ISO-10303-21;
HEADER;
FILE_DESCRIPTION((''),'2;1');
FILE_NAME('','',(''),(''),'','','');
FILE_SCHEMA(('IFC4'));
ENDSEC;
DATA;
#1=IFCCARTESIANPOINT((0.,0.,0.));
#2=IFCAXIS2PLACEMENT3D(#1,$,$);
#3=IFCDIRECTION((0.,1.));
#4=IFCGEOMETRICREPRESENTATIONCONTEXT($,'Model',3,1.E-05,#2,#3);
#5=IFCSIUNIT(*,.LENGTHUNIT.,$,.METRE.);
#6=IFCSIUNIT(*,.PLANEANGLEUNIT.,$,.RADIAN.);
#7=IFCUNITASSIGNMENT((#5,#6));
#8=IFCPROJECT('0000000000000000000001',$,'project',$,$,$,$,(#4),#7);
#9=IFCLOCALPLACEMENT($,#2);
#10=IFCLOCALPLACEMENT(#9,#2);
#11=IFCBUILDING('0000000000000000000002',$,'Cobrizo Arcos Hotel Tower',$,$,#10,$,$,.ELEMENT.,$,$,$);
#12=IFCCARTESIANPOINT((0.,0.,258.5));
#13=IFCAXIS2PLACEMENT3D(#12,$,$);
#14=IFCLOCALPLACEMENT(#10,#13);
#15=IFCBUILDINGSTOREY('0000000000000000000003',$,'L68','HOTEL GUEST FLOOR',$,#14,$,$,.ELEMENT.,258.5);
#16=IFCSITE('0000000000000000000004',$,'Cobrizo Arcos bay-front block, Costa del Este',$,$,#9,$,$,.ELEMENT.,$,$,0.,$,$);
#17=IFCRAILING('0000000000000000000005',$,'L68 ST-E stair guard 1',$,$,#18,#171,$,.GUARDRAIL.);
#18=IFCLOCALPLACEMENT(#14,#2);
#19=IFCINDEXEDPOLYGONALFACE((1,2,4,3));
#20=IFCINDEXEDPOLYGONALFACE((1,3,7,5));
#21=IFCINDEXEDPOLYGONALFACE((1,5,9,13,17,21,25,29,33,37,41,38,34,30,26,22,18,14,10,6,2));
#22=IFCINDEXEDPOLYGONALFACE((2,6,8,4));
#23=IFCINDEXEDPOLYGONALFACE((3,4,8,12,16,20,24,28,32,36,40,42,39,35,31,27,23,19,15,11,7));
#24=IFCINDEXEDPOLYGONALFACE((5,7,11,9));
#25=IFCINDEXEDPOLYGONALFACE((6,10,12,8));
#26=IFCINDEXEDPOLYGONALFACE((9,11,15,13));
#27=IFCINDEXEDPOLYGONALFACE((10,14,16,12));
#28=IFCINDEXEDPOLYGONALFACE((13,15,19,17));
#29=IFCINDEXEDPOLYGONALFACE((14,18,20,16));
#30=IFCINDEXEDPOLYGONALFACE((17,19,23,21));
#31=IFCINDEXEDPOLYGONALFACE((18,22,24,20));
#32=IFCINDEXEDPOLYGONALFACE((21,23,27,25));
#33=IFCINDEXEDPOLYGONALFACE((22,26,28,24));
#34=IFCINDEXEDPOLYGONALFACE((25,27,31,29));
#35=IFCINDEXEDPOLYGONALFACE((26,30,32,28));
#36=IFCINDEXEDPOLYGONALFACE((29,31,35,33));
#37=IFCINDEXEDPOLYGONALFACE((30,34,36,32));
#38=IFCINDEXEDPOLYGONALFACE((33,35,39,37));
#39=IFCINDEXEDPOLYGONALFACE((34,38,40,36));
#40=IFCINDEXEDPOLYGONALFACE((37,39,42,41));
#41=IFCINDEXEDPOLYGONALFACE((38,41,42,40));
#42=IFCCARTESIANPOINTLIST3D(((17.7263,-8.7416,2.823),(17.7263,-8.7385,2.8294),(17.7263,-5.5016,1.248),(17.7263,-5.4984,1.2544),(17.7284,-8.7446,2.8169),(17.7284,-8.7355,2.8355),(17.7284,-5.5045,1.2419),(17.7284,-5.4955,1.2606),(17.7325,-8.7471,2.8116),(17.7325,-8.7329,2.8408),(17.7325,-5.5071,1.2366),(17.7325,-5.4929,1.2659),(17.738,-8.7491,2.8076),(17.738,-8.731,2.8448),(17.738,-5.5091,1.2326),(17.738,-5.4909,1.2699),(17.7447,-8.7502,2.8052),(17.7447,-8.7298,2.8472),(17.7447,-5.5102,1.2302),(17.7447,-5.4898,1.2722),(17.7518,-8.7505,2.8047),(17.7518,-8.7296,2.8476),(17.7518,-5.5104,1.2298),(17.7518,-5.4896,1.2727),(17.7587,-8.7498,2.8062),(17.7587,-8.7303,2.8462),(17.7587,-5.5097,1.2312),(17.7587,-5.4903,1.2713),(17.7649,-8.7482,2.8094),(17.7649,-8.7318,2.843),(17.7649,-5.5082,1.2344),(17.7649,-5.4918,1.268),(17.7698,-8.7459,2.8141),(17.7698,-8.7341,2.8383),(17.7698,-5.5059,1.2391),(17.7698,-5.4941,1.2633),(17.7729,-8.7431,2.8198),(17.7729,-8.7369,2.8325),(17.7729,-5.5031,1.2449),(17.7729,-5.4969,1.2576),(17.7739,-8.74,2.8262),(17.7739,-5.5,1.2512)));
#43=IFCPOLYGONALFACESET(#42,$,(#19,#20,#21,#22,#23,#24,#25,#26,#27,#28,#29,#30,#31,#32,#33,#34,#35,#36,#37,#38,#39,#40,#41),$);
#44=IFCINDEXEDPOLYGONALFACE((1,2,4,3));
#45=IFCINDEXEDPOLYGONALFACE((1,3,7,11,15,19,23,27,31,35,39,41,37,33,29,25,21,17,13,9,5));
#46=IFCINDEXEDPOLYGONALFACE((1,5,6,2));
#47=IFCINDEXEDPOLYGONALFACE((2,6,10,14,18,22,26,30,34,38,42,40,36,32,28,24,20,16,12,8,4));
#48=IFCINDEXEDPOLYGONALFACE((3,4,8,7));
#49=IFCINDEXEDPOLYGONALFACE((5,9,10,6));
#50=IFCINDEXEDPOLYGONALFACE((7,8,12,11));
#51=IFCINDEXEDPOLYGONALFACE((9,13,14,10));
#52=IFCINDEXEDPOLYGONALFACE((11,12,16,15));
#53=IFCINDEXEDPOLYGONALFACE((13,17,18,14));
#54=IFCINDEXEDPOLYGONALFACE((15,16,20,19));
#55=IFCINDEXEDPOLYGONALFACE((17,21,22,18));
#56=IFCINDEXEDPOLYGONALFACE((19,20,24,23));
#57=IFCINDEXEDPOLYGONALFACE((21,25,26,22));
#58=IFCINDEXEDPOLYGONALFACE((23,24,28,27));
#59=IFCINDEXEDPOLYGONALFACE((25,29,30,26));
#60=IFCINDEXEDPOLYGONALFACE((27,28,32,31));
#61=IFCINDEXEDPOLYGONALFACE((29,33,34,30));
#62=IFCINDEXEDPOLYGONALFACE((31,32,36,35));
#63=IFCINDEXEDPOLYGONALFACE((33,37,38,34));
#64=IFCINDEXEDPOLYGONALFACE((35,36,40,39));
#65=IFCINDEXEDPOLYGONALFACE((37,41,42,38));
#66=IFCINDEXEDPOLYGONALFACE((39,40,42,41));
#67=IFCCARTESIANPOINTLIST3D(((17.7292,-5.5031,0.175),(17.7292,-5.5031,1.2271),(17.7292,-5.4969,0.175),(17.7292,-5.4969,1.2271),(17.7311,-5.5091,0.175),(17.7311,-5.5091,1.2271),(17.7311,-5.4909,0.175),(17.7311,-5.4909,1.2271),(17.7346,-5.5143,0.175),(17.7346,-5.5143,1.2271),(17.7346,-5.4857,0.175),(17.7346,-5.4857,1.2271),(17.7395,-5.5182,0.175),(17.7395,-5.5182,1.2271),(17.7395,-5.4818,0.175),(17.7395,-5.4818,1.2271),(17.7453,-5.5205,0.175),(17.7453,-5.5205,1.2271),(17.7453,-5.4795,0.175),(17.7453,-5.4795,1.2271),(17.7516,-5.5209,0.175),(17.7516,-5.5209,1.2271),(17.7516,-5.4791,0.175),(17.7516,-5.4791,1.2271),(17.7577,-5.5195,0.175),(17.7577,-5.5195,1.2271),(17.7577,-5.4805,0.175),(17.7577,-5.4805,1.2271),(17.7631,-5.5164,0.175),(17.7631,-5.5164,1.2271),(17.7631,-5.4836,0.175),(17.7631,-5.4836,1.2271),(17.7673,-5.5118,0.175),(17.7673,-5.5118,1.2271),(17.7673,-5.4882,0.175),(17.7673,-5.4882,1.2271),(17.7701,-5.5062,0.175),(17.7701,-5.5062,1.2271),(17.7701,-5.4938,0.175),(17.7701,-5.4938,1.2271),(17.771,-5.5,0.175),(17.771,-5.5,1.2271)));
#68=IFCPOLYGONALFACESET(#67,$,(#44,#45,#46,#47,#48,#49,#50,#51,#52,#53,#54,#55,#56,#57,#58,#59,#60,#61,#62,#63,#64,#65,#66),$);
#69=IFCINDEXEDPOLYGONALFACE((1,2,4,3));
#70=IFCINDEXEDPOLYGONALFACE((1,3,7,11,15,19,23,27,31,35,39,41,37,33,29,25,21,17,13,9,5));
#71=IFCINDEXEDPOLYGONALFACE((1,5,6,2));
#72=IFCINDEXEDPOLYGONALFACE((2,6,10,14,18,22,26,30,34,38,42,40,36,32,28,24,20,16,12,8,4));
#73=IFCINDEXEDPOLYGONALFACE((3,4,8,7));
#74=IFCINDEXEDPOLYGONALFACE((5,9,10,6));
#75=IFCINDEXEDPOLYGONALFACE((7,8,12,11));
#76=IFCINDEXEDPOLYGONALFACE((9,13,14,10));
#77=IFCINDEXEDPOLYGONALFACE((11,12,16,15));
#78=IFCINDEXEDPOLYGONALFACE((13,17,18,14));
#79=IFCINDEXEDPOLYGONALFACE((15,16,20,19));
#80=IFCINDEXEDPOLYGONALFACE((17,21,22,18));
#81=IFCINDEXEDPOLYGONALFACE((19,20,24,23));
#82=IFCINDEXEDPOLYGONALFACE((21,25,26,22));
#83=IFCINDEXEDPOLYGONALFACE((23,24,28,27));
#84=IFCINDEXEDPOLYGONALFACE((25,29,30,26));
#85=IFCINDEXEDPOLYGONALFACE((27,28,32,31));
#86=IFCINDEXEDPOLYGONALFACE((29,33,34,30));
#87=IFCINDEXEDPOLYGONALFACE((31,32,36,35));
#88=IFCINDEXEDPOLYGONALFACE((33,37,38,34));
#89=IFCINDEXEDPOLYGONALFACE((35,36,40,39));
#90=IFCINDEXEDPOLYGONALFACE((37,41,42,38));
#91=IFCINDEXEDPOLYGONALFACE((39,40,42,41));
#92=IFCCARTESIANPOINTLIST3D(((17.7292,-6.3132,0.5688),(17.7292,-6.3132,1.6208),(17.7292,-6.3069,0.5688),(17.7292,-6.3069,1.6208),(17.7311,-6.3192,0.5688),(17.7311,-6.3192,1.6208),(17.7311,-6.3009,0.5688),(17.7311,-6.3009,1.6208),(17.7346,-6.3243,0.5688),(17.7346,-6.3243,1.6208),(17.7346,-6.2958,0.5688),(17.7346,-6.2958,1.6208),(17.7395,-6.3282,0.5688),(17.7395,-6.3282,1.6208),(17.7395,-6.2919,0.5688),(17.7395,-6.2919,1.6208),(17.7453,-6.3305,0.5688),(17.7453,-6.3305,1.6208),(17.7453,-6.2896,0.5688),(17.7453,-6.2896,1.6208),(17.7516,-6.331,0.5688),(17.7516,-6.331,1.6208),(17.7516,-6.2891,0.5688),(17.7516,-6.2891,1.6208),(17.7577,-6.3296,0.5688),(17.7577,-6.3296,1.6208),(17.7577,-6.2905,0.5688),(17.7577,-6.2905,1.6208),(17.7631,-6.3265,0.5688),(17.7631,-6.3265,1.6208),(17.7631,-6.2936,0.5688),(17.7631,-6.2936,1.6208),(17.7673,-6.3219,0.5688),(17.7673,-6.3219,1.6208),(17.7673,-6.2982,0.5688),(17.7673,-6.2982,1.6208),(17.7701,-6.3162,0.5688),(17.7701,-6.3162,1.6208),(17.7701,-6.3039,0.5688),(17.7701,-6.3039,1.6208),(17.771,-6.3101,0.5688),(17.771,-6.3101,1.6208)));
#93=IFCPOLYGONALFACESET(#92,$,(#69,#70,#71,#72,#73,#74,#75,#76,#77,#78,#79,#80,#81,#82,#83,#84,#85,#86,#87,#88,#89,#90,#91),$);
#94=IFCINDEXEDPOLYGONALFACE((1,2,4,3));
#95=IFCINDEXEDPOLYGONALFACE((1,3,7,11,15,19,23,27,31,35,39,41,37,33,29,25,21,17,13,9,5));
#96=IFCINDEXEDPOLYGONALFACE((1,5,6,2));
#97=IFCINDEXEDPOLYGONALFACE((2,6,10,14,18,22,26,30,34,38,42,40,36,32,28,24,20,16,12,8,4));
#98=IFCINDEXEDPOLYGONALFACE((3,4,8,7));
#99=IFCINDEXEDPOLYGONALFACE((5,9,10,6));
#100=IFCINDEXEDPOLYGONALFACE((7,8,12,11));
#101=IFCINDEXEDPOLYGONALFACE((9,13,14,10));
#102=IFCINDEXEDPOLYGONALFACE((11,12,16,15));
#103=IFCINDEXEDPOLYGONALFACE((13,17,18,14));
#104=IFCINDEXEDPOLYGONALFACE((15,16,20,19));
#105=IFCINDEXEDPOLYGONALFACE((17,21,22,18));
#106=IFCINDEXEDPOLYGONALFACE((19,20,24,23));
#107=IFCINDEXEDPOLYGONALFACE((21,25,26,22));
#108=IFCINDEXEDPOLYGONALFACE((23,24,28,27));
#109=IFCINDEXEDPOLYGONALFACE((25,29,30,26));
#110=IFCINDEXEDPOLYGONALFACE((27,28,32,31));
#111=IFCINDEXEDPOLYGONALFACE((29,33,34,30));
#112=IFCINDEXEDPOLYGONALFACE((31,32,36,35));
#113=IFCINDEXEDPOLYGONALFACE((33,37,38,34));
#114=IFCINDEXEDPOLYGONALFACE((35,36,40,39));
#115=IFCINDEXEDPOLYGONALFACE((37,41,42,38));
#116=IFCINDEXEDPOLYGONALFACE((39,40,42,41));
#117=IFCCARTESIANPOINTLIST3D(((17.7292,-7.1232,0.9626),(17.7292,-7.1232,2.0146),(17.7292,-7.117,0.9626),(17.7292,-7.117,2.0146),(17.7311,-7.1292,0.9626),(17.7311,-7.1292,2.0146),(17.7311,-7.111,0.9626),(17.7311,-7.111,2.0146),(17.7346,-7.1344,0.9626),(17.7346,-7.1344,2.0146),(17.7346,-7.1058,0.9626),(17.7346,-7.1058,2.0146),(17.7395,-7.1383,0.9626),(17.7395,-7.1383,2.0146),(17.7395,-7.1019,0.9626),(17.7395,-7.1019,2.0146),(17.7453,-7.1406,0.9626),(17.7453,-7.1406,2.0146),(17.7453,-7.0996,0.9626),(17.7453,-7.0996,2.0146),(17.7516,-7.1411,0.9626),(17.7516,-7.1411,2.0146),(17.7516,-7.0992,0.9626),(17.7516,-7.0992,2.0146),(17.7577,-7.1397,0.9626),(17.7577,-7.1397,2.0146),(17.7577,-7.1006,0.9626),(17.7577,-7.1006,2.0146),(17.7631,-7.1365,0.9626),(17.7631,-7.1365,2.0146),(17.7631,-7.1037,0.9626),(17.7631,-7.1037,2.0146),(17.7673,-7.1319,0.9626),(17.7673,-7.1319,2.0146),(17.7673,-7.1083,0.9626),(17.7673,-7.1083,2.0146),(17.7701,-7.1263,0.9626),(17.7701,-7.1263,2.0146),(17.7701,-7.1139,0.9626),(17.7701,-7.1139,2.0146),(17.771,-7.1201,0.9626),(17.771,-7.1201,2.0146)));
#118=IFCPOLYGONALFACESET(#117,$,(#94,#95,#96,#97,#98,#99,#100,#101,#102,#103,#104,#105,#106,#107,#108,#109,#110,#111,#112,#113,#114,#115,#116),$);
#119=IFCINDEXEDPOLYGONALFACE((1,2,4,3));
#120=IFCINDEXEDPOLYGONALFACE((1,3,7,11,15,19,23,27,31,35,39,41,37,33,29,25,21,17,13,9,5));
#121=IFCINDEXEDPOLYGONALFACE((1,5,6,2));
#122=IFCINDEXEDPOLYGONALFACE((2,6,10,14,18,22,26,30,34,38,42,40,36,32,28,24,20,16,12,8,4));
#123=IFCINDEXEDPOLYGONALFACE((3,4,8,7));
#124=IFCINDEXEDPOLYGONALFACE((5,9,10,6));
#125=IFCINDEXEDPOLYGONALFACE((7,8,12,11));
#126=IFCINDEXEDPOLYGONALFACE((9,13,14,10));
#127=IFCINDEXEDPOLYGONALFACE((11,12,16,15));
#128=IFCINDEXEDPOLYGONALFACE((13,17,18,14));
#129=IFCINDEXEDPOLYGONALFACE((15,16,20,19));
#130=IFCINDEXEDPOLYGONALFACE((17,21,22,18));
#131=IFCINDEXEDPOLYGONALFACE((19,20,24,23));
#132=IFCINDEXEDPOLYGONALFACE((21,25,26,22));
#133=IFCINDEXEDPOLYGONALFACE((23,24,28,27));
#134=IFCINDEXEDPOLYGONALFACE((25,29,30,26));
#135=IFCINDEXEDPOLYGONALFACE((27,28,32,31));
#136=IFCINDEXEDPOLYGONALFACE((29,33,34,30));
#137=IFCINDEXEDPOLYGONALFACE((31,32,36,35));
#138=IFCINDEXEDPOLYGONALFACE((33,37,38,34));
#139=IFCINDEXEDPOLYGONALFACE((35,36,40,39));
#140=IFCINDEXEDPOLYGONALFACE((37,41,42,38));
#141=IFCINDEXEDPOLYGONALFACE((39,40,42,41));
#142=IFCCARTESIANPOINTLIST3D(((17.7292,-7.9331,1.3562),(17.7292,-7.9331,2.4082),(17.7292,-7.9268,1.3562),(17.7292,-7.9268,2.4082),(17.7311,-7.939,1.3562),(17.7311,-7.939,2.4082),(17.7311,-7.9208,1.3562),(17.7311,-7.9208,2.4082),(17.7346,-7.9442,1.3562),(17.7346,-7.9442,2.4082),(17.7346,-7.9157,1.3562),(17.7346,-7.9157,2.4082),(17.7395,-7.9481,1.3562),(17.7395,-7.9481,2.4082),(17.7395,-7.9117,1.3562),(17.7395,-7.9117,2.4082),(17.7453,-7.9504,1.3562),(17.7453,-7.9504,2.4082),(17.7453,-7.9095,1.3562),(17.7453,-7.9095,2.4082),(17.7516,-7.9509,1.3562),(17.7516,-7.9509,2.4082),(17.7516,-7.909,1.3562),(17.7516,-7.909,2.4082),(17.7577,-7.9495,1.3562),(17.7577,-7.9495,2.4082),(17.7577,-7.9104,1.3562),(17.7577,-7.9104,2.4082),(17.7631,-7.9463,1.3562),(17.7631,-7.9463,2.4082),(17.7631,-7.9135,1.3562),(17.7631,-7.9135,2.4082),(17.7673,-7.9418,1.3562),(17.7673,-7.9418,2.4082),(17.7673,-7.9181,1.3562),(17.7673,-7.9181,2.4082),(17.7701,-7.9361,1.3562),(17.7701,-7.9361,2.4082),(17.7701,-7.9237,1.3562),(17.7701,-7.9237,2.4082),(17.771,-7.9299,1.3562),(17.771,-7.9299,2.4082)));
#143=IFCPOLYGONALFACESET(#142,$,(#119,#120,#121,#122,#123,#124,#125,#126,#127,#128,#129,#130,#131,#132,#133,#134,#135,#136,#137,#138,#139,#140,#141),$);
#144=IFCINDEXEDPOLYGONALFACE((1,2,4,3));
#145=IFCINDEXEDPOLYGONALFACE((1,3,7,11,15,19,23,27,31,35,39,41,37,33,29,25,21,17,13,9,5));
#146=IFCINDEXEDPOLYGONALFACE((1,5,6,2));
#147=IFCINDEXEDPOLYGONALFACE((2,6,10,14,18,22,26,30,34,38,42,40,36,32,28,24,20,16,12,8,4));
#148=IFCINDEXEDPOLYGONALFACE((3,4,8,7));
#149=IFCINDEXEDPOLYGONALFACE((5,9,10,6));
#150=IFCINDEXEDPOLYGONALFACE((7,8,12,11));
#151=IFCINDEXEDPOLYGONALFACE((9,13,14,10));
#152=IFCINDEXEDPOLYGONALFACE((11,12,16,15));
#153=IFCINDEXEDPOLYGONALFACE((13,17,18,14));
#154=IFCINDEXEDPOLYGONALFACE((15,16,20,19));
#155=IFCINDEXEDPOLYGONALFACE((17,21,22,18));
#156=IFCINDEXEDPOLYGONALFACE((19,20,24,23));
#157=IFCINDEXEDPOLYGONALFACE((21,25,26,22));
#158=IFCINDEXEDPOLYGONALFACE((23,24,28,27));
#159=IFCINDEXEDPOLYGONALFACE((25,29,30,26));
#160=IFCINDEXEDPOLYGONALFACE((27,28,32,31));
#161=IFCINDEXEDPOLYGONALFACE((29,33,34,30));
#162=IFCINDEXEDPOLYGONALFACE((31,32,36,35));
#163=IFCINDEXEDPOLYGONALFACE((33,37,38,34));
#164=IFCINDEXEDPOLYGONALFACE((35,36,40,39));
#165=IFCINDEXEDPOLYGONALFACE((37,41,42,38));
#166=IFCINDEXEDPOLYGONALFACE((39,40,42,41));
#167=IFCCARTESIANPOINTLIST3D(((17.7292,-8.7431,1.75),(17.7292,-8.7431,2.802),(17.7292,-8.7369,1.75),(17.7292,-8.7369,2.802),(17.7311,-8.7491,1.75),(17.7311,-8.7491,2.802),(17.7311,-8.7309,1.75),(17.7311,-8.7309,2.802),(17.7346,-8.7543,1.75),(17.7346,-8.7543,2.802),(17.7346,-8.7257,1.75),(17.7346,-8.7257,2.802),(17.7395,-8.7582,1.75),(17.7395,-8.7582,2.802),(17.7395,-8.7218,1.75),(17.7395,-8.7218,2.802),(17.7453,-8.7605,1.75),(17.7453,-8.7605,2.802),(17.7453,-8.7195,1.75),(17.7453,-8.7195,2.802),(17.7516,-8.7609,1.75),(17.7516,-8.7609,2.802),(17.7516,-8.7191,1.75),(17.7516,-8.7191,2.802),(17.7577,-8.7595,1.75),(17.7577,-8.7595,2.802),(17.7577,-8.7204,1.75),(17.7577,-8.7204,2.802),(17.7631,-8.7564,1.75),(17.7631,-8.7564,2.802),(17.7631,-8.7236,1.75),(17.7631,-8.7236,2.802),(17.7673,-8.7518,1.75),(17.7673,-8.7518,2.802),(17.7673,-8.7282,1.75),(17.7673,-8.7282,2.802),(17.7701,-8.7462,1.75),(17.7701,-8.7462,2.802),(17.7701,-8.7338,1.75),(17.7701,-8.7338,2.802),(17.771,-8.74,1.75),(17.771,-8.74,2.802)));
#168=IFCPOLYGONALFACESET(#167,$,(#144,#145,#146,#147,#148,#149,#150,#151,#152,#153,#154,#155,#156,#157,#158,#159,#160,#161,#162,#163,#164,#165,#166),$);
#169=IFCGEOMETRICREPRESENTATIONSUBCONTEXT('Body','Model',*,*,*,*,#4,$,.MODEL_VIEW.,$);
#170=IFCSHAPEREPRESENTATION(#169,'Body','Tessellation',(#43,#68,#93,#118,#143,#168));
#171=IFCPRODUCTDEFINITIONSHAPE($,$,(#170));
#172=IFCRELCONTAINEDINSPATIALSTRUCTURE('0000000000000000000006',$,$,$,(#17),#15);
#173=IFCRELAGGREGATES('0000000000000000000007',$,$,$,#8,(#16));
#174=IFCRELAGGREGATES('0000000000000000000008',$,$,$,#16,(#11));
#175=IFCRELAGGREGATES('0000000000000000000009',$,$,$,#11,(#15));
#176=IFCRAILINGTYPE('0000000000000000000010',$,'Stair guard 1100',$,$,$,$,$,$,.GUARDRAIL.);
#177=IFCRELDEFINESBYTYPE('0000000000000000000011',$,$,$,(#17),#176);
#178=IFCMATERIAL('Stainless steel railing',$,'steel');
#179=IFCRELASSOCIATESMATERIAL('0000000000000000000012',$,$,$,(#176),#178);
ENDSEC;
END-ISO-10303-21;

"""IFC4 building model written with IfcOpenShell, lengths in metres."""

from ifc_helpers import new_model, si_unit, direction, frame, origin, origin_2d, place, context, subcontext, project, spatial, circle, extrude, material, type_object, element, save


model = new_model("IFC4")

# Units and contexts
model_context = context("Model", 3, precision=1e-05, world=origin(), true_north=direction((0.0, 1.0)))
body_context = subcontext(model_context, "Body", "Model", "MODEL_VIEW")
ifc_project = project(units=[si_unit("LENGTHUNIT", "METRE"), si_unit("PLANEANGLEUNIT", "RADIAN")], contexts=[model_context])

# Site, building, storey
site_placement = place(None, origin())
site = spatial("IfcSite", under=ifc_project, at=site_placement, Name="Cobrizo Arcos bay-front block, Costa del Este", CompositionType="ELEMENT", RefElevation=0.0)
building_placement = place(site_placement, origin())
building = spatial("IfcBuilding", under=site, at=building_placement, Name="Cobrizo Arcos Hotel Tower", CompositionType="ELEMENT")
storey_placement = place(building_placement, frame((0.0, 0.0, 258.5)))
storey = spatial("IfcBuildingStorey", under=building, at=storey_placement, Name="L68", Description="HOTEL GUEST FLOOR", CompositionType="ELEMENT", Elevation=258.5)

# Railing
ifc_material_1 = material(Name="Stainless steel railing", Category="steel")
railing_type_1 = type_object("IfcRailingType", Name="Stair guard 1100", PredefinedType="GUARDRAIL", material=ifc_material_1)
railing_1_placement = place(storey_placement, frame((17.75, -5.5, 0.175)))
element("IfcRailing", 1, at=railing_1_placement, inside=storey, type_object=railing_type_1, Name="L68 ST-E stair guard 1", PredefinedType="GUARDRAIL", context=body_context, shape_type="SweptSolid", body=[
    extrude(circle(Radius=0.0239, at=origin_2d()), frame((0.0, 0.0, 1.0762), z_axis=(0.0, -0.899373, 0.437183), x_axis=(1.0, 0.0, 0.0)), (0.0, 0.0, 1.0), 3.6025),
    extrude(circle(Radius=0.021, at=origin_2d()), origin(), (0.0, 0.0, 1.0), 1.052),
    extrude(circle(Radius=0.021, at=origin_2d()), frame((0.0, -0.8101, 0.3938)), (0.0, 0.0, 1.0), 1.052),
    extrude(circle(Radius=0.021, at=origin_2d()), frame((0.0, -1.6201, 0.7876)), (0.0, 0.0, 1.0), 1.052),
    extrude(circle(Radius=0.021, at=origin_2d()), frame((0.0, -2.4299, 1.1812)), (0.0, 0.0, 1.0), 1.052),
    extrude(circle(Radius=0.021, at=origin_2d()), frame((0.0, -3.24, 1.575)), (0.0, 0.0, 1.0), 1.052),
])

save(model, "model.ifc")
